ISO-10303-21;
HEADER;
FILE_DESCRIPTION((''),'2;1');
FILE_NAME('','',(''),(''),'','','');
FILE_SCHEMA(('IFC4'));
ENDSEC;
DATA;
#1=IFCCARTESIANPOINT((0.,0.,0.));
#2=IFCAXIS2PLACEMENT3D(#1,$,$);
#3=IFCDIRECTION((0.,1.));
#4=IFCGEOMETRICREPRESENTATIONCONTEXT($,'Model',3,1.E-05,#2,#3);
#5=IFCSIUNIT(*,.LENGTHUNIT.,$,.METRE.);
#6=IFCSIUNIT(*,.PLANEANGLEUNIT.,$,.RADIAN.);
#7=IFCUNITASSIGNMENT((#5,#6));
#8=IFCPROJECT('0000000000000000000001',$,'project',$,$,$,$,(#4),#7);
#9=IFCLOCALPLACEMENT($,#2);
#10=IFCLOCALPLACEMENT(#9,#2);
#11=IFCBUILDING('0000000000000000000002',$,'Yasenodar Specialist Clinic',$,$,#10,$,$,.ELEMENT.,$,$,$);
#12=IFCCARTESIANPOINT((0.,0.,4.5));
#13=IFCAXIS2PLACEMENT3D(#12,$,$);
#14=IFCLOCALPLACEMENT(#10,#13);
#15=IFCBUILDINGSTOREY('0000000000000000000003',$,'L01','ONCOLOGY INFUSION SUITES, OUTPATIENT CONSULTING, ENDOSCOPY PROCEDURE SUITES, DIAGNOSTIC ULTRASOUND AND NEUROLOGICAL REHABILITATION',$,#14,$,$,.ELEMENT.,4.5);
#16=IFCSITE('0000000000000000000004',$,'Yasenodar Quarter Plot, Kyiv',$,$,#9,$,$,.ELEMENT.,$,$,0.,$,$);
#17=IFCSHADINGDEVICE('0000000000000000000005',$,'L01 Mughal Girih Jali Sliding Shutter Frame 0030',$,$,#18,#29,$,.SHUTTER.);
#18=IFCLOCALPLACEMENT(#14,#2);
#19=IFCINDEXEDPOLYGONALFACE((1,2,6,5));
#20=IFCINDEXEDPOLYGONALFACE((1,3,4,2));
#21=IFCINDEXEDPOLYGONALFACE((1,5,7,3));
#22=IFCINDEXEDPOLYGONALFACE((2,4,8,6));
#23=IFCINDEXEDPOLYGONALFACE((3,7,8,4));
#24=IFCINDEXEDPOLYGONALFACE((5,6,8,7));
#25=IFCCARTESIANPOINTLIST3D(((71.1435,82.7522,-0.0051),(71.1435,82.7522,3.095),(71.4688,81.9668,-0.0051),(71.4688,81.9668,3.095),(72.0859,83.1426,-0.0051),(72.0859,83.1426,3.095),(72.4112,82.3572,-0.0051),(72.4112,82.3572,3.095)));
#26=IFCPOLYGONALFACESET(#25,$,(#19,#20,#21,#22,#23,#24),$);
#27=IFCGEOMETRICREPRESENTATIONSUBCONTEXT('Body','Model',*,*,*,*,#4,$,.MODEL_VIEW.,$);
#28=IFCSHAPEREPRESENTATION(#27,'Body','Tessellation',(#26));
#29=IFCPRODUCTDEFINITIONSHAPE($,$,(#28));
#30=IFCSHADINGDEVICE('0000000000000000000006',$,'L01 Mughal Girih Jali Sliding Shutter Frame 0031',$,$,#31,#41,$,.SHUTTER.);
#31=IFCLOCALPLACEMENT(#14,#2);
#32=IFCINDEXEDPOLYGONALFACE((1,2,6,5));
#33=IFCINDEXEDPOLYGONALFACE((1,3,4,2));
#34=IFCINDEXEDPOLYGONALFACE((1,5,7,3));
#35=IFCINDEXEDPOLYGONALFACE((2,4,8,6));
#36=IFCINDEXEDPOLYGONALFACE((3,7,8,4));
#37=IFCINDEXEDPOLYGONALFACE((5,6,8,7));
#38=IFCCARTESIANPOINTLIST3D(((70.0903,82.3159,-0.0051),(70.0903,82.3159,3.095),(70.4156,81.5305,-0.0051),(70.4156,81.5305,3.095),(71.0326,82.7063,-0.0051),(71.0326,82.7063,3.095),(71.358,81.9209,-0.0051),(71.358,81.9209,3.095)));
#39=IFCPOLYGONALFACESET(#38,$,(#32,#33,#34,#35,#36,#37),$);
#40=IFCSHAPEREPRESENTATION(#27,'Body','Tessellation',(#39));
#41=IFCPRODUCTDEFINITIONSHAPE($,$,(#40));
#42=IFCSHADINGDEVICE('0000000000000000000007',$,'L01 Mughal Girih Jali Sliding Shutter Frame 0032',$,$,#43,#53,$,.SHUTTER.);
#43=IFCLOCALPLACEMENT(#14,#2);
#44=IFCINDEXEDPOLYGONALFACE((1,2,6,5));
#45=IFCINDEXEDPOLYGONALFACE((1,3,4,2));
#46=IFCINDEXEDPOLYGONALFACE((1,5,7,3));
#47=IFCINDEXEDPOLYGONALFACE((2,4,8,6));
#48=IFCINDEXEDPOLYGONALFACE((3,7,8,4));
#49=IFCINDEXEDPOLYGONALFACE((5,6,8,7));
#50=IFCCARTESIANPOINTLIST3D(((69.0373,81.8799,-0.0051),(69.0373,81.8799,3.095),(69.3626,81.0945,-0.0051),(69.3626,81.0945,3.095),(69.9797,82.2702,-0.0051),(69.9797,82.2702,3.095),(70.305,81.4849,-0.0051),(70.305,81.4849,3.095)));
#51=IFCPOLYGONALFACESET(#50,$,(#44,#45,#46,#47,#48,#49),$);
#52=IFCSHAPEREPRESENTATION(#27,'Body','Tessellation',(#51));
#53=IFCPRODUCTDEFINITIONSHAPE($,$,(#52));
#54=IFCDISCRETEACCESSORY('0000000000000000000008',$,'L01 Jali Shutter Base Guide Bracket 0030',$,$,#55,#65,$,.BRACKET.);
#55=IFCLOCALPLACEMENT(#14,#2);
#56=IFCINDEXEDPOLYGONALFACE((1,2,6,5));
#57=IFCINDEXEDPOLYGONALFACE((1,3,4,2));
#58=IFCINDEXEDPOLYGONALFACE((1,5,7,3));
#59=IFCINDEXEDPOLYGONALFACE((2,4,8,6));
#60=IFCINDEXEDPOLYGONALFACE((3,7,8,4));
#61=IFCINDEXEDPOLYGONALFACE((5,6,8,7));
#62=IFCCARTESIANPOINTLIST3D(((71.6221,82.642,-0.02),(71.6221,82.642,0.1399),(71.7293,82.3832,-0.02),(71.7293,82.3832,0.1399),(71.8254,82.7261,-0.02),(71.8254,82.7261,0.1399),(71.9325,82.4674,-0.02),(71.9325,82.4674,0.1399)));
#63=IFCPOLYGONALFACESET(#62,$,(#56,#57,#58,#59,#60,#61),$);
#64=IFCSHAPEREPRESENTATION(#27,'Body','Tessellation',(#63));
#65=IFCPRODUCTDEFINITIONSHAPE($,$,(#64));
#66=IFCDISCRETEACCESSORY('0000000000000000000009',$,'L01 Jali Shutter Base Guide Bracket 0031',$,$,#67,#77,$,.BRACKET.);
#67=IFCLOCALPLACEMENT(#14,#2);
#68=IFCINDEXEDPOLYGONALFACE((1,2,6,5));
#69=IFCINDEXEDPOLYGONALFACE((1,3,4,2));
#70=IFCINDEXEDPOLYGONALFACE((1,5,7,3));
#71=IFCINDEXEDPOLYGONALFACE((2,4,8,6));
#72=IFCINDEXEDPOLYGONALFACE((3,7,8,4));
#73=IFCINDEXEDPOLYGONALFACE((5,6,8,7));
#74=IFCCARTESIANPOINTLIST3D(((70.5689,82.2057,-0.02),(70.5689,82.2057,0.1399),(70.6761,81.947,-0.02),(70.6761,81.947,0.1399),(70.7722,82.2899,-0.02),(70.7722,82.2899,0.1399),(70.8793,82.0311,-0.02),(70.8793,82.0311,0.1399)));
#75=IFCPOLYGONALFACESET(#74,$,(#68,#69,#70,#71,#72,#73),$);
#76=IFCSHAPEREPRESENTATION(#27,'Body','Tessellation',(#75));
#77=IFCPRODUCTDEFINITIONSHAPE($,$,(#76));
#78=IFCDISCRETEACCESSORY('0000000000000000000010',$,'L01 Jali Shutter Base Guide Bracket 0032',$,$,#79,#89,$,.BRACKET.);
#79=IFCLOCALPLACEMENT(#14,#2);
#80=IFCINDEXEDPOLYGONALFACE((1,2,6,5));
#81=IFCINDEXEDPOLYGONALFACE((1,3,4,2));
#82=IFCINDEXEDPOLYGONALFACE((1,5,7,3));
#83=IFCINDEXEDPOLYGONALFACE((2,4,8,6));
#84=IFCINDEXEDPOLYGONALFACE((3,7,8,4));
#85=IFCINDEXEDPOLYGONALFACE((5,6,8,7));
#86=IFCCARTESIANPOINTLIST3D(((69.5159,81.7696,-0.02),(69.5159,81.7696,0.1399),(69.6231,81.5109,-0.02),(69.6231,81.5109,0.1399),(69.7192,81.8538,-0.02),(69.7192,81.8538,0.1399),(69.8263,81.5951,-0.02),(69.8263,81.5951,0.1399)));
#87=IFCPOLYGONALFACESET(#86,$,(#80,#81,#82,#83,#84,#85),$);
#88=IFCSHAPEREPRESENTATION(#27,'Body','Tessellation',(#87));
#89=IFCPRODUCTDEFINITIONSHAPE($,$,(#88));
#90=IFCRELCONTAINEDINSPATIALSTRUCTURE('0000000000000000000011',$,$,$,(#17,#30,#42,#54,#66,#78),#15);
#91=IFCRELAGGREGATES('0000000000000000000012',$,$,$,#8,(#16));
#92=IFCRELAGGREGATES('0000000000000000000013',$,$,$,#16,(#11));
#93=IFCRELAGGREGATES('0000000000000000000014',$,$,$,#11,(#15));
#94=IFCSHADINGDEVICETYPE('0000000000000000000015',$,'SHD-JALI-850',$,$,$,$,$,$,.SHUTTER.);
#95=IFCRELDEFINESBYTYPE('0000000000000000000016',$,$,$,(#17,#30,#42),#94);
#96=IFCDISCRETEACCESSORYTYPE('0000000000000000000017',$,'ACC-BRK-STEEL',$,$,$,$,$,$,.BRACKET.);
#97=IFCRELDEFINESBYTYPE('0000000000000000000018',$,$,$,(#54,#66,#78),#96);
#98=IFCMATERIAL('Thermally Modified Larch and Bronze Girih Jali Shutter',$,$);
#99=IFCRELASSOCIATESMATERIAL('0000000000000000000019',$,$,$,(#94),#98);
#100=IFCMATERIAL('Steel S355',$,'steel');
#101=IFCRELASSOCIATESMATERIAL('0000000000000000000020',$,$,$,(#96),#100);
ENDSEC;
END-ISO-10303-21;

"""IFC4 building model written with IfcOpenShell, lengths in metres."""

from ifc_helpers import new_model, si_unit, direction, frame, origin, origin_2d, place, context, subcontext, project, spatial, rectangle, extrude, material, type_object, element, save


model = new_model("IFC4")

# Units and contexts
model_context = context("Model", 3, precision=1e-05, world=origin(), true_north=direction((0.0, 1.0)))
body_context = subcontext(model_context, "Body", "Model", "MODEL_VIEW")
ifc_project = project(units=[si_unit("LENGTHUNIT", "METRE"), si_unit("PLANEANGLEUNIT", "RADIAN")], contexts=[model_context])

# Site, building, storey
site_placement = place(None, origin())
site = spatial("IfcSite", under=ifc_project, at=site_placement, Name="Yasenodar Quarter Plot, Kyiv", CompositionType="ELEMENT", RefElevation=0.0)
building_placement = place(site_placement, origin())
building = spatial("IfcBuilding", under=site, at=building_placement, Name="Yasenodar Specialist Clinic", CompositionType="ELEMENT")
storey_placement = place(building_placement, frame((0.0, 0.0, 4.5)))
storey = spatial("IfcBuildingStorey", under=building, at=storey_placement, Name="L01", Description="ONCOLOGY INFUSION SUITES, OUTPATIENT CONSULTING, ENDOSCOPY PROCEDURE SUITES, DIAGNOSTIC ULTRASOUND AND NEUROLOGICAL REHABILITATION", CompositionType="ELEMENT", Elevation=4.5)

# Shared definitions
ifc_material_1 = material(Name="Steel S355", Category="steel")

# Shading devices
ifc_material_2 = material(Name="Thermally Modified Larch and Bronze Girih Jali Shutter")
shading_device_type = type_object("IfcShadingDeviceType", Name="SHD-JALI-850", PredefinedType="SHUTTER", material=ifc_material_2)
for number, where, z_axis, x_axis, name in (
    (1, (71.7773, 82.5547, -0.0051), (0.0, 0.0, 1.0), (-0.923878, -0.382687, 0.0), "L01 Mughal Girih Jali Sliding Shutter Frame 0030"),
    (2, (70.7241, 82.1184, -0.0051), (0.0, 0.0, 1.0), (-0.923878, -0.382687, 0.0), "L01 Mughal Girih Jali Sliding Shutter Frame 0031"),
    (3, (69.6711, 81.6824, -0.0051), (0.0, 0.0, 1.0), (-0.923878, -0.382687, 0.0), "L01 Mughal Girih Jali Sliding Shutter Frame 0032"),
):
    element("IfcShadingDevice", number, at=place(storey_placement, frame(where, z_axis=z_axis, x_axis=x_axis)), inside=storey, type_object=shading_device_type, Name=name, PredefinedType="SHUTTER", context=body_context, shape_type="SweptSolid", body=[
        extrude(rectangle(XDim=1.02, YDim=0.8501, at=origin_2d()), origin(), (0.0, 0.0, 1.0), 3.1001),
    ])

# Discrete accessories
discrete_accessory_type = type_object("IfcDiscreteAccessoryType", Name="ACC-BRK-STEEL", PredefinedType="BRACKET", material=ifc_material_1)
for number, where, z_axis, x_axis, name in (
    (4, (71.7773, 82.5547, -0.02), (0.0, 0.0, 1.0), (-0.923878, -0.382687, 0.0), "L01 Jali Shutter Base Guide Bracket 0030"),
    (5, (70.7241, 82.1184, -0.02), (0.0, 0.0, 1.0), (-0.923878, -0.382687, 0.0), "L01 Jali Shutter Base Guide Bracket 0031"),
    (6, (69.6711, 81.6824, -0.02), (0.0, 0.0, 1.0), (-0.923878, -0.382687, 0.0), "L01 Jali Shutter Base Guide Bracket 0032"),
):
    element("IfcDiscreteAccessory", number, at=place(storey_placement, frame(where, z_axis=z_axis, x_axis=x_axis)), inside=storey, type_object=discrete_accessory_type, Name=name, PredefinedType="BRACKET", context=body_context, shape_type="SweptSolid", body=[
        extrude(rectangle(XDim=0.22, YDim=0.28, at=origin_2d()), origin(), (0.0, 0.0, 1.0), 0.1599),
    ])

save(model, "model.ifc")
